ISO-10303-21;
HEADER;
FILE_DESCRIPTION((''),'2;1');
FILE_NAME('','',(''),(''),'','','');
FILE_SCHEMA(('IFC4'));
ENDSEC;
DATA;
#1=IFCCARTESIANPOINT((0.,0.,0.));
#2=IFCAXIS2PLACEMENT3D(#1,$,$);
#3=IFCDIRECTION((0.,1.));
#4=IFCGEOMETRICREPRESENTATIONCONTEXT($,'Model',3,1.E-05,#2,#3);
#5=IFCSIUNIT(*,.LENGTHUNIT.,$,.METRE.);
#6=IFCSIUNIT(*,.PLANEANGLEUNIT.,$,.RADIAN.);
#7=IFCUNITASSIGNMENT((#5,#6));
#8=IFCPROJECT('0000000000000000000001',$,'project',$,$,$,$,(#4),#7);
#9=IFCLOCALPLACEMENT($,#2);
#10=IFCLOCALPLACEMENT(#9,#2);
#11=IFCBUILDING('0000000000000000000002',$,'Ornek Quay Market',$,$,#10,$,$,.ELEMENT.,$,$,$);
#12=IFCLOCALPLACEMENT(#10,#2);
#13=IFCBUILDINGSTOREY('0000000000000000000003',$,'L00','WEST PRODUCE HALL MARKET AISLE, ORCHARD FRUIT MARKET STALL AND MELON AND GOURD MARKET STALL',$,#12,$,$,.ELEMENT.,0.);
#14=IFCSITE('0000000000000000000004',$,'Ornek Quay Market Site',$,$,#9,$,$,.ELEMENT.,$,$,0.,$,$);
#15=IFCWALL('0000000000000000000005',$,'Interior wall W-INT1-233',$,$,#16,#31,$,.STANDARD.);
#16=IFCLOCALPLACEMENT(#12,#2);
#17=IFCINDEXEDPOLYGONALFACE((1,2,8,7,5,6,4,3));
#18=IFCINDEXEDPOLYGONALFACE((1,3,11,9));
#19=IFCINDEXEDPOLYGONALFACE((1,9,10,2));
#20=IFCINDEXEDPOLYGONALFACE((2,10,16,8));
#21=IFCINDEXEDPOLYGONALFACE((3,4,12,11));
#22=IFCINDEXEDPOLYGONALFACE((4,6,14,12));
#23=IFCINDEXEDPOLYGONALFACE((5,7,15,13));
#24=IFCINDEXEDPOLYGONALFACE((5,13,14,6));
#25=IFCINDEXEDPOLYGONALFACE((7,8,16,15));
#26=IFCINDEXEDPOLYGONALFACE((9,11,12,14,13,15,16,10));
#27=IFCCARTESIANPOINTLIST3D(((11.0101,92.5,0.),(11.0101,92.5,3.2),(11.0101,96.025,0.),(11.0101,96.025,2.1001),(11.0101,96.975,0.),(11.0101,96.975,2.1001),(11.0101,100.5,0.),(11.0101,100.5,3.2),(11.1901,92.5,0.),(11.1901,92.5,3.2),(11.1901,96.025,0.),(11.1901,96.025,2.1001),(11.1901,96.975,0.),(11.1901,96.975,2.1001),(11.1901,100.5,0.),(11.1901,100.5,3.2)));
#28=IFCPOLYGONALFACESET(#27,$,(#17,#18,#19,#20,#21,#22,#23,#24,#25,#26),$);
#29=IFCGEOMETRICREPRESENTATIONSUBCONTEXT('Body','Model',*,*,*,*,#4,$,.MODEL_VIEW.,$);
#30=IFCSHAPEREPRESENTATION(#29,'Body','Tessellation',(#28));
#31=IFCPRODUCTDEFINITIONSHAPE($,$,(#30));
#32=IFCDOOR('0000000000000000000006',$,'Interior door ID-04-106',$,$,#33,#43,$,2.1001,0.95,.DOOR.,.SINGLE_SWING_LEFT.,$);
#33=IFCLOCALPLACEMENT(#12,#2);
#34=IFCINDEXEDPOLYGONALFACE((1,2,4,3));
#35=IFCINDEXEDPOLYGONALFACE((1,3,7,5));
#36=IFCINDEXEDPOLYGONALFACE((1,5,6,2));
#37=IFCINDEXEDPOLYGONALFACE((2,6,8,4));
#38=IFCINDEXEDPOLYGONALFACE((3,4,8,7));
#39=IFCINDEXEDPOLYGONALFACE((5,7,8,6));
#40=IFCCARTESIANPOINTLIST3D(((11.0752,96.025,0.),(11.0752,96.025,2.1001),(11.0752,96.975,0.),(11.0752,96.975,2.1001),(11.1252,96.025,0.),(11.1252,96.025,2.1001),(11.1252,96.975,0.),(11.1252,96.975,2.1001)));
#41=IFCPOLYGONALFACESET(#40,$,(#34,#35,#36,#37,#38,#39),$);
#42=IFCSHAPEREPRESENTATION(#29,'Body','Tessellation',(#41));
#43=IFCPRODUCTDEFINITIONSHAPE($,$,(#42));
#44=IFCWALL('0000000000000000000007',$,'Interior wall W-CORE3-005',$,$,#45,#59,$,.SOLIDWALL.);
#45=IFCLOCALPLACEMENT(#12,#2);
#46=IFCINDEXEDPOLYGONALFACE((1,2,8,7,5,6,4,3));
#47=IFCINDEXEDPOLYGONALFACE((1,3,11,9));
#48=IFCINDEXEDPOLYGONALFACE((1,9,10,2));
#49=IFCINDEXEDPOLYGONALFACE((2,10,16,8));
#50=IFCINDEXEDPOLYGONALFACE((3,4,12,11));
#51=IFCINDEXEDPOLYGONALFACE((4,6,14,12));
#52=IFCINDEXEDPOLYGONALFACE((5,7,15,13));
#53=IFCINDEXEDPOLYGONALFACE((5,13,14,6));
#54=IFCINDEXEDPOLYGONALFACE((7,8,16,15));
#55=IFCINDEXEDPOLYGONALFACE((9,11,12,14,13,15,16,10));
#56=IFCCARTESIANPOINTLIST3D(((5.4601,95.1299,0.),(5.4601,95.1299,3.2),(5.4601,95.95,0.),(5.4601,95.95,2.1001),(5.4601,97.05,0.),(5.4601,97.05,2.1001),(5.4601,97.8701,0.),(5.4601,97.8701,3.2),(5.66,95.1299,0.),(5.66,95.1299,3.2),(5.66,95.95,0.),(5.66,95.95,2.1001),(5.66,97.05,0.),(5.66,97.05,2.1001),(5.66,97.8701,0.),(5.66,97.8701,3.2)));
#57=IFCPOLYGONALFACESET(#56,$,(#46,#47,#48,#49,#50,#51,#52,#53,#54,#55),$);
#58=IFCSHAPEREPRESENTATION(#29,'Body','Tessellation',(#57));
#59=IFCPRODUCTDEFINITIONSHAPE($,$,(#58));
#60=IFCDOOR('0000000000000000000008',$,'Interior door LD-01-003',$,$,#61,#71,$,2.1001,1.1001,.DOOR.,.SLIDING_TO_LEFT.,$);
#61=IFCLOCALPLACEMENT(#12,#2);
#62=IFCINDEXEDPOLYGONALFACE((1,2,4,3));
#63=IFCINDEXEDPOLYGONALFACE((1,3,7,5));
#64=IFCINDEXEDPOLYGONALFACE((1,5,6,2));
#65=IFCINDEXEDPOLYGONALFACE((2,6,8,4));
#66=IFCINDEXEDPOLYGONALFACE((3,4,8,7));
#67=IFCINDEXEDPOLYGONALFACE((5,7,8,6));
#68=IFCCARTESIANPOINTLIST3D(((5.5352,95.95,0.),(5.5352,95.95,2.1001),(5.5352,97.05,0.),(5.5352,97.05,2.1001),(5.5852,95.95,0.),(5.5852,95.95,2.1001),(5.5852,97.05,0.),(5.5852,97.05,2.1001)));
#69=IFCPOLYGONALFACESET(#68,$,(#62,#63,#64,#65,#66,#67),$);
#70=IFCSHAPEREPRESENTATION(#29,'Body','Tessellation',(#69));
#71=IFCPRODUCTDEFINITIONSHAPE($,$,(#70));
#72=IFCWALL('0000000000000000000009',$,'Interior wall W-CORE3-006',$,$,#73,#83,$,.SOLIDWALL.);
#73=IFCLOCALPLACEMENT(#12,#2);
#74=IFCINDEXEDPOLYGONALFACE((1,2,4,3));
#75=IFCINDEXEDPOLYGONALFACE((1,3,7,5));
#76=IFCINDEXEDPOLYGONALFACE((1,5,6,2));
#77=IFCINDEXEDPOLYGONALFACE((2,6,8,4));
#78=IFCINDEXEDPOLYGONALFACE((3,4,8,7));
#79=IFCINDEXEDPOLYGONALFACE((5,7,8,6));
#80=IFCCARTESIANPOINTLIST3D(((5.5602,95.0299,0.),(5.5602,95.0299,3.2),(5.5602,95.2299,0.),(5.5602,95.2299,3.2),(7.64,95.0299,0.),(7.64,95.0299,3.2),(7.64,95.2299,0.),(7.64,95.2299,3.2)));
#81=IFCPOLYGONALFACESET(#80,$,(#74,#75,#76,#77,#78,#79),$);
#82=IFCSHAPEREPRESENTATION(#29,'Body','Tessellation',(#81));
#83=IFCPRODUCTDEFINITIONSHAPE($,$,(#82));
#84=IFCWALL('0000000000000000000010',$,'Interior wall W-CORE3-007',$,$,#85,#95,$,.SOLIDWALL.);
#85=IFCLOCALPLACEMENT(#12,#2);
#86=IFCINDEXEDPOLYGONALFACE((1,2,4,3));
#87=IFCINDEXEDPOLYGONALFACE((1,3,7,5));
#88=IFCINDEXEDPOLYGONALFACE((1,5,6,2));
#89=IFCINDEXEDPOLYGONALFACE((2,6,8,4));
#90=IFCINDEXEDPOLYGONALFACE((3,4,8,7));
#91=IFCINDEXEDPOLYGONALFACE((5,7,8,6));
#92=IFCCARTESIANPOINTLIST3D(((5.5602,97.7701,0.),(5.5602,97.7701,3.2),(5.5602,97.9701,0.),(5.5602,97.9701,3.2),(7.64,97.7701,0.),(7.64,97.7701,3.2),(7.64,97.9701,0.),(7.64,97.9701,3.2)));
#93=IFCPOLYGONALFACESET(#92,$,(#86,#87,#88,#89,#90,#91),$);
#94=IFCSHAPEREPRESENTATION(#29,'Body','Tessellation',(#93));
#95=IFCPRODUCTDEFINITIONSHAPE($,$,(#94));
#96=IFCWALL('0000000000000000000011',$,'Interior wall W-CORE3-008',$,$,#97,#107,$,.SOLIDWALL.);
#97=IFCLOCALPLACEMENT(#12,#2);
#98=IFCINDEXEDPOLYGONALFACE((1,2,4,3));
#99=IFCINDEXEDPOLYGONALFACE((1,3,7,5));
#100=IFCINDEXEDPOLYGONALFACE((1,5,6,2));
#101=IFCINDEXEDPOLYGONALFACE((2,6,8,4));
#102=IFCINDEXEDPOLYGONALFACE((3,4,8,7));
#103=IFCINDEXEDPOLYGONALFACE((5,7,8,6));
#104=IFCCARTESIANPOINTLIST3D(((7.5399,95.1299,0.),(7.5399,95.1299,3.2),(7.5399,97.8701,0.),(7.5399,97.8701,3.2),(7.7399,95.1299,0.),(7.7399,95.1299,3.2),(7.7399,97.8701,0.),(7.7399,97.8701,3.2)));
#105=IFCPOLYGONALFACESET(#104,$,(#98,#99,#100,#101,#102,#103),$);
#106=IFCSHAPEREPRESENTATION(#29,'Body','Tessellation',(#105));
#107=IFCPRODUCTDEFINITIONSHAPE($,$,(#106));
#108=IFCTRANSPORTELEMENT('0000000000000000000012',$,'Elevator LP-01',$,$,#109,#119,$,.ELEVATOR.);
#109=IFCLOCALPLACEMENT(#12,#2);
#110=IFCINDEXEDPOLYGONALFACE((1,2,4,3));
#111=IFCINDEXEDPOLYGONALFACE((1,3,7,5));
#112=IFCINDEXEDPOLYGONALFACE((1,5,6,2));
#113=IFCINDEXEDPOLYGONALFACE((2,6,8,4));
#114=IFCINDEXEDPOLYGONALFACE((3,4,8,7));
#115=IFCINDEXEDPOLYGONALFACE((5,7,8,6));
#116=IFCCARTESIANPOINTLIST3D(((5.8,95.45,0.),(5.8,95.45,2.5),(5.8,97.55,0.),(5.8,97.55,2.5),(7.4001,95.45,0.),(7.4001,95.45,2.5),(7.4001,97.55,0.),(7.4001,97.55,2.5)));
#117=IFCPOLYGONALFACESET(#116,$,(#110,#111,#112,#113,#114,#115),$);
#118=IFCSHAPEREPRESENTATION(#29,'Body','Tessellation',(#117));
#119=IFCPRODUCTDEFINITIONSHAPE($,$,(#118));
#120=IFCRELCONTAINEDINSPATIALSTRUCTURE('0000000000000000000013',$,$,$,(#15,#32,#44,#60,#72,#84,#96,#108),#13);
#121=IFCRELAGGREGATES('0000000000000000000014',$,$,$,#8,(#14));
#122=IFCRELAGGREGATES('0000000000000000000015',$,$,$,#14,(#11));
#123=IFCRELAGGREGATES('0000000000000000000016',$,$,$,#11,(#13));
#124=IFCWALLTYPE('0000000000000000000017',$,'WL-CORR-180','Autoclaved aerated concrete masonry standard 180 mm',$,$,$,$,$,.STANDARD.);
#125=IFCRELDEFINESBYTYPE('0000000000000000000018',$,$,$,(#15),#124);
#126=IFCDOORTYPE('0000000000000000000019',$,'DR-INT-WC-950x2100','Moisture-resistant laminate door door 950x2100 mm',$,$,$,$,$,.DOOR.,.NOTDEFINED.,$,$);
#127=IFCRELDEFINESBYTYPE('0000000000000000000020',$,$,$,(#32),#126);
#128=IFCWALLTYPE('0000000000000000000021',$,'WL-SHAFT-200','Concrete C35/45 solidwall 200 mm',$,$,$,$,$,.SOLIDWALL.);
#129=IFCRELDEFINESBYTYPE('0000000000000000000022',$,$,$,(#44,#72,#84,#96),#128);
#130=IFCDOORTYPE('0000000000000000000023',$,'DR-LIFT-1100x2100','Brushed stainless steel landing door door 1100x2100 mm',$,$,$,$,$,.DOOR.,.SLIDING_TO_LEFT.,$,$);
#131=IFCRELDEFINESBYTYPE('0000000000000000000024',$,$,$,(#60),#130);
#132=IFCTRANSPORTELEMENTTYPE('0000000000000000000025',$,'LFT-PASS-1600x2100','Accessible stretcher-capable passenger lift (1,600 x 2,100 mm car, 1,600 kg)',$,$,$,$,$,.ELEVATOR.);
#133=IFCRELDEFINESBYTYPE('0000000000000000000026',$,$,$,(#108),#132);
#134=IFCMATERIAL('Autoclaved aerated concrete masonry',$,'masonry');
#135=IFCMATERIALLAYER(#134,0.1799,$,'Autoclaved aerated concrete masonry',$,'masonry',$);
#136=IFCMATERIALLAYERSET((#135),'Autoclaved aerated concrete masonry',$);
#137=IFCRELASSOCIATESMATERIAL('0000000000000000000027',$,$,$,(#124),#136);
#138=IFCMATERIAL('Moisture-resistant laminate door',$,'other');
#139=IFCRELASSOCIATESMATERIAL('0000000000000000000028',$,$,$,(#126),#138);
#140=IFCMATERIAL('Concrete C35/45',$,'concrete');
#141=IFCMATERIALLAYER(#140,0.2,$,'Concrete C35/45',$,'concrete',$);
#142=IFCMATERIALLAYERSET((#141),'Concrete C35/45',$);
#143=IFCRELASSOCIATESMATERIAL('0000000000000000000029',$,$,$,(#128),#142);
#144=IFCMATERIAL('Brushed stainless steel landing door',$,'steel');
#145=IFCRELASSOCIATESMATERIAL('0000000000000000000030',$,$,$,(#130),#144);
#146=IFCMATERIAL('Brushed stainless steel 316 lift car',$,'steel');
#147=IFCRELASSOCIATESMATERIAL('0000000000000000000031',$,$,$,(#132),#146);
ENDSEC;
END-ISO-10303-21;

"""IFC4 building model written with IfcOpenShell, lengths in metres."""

from ifc_helpers import new_model, si_unit, direction, frame, frame_2d, origin, origin_2d, place, context, subcontext, project, spatial, rectangle, extrude, material, layer, layer_set, type_object, element, fill, save


model = new_model("IFC4")

# Units and contexts
model_context = context("Model", 3, precision=1e-05, world=origin(), true_north=direction((0.0, 1.0)))
body_context = subcontext(model_context, "Body", "Model", "MODEL_VIEW")
ifc_project = project(units=[si_unit("LENGTHUNIT", "METRE"), si_unit("PLANEANGLEUNIT", "RADIAN")], contexts=[model_context])

# Site, building, storey
site_placement = place(None, origin())
site = spatial("IfcSite", under=ifc_project, at=site_placement, Name="Ornek Quay Market Site", CompositionType="ELEMENT", RefElevation=0.0)
building_placement = place(site_placement, origin())
building = spatial("IfcBuilding", under=site, at=building_placement, Name="Ornek Quay Market", CompositionType="ELEMENT")
storey_placement = place(building_placement, origin())
storey = spatial("IfcBuildingStorey", under=building, at=storey_placement, Name="L00", Description="WEST PRODUCE HALL MARKET AISLE, ORCHARD FRUIT MARKET STALL AND MELON AND GOURD MARKET STALL", CompositionType="ELEMENT", Elevation=0.0)

# Shared definitions
ifc_material_1 = material(Name="Concrete C35/45", Category="concrete")

# Walls, openings, doors
ifc_material_2 = material(Name="Autoclaved aerated concrete masonry", Category="masonry")
ifc_layer_1 = layer(ifc_material_2, 0.1799, Name="Autoclaved aerated concrete masonry", Category="masonry")
ifc_layer_set_1 = layer_set([ifc_layer_1], Name="Autoclaved aerated concrete masonry")
wall_type_1 = type_object("IfcWallType", Name="WL-CORR-180", Description="Autoclaved aerated concrete masonry standard 180 mm", PredefinedType="STANDARD", material=ifc_layer_set_1)
wall_1_placement = place(storey_placement, frame((11.1001, 92.5, 0.0), z_axis=(0.0, 0.0, 1.0), x_axis=(0.0, 1.0, 0.0)))
wall_1 = element("IfcWall", 1, at=wall_1_placement, inside=storey, type_object=wall_type_1, Name="Interior wall W-INT1-233", PredefinedType="STANDARD", context=body_context, shape_type="SweptSolid", body=[
    extrude(rectangle(XDim=8.0, YDim=0.1799, at=frame_2d((4.0, 0.0))), origin(), (0.0, 0.0, 1.0), 3.2),
])
opening_1_placement = place(wall_1_placement, frame((3.5249, 0.0, 0.0)))
opening_1 = element("IfcOpeningElement", 2, at=opening_1_placement, cuts=wall_1, PredefinedType="OPENING", context=body_context, shape_type="SweptSolid", body=[
    extrude(rectangle(XDim=0.95, YDim=2.1001, at=frame_2d((0.4751, 1.05))), frame((0.0, 0.0999, 0.0), z_axis=(0.0, -1.0, 0.0), x_axis=(1.0, 0.0, 0.0)), (0.0, 0.0, 1.0), 0.2),
])
ifc_material_3 = material(Name="Moisture-resistant laminate door", Category="other")
door_type_1 = type_object("IfcDoorType", Name="DR-INT-WC-950x2100", Description="Moisture-resistant laminate door door 950x2100 mm", OperationType="NOTDEFINED", PredefinedType="DOOR", material=ifc_material_3)
door_1_placement = place(opening_1_placement, origin())
door_1 = element("IfcDoor", 3, at=door_1_placement, inside=storey, type_object=door_type_1, Name="Interior door ID-04-106", OperationType="SINGLE_SWING_LEFT", OverallHeight=2.1001, OverallWidth=0.95, PredefinedType="DOOR", context=body_context, shape_type="SweptSolid", body=[
    extrude(rectangle(XDim=0.95, YDim=2.1001, at=frame_2d((0.4751, 1.05))), frame((0.0, 0.0249, 0.0), z_axis=(0.0, -1.0, 0.0), x_axis=(1.0, 0.0, 0.0)), (0.0, 0.0, 1.0), 0.05),
])
fill(opening_1, door_1)
ifc_layer_2 = layer(ifc_material_1, 0.2, Name="Concrete C35/45", Category="concrete")
ifc_layer_set_2 = layer_set([ifc_layer_2], Name="Concrete C35/45")
wall_type_2 = type_object("IfcWallType", Name="WL-SHAFT-200", Description="Concrete C35/45 solidwall 200 mm", PredefinedType="SOLIDWALL", material=ifc_layer_set_2)
wall_2_placement = place(storey_placement, frame((5.5601, 95.1299, 0.0), z_axis=(0.0, 0.0, 1.0), x_axis=(0.0, 1.0, 0.0)))
wall_2 = element("IfcWall", 4, at=wall_2_placement, inside=storey, type_object=wall_type_2, Name="Interior wall W-CORE3-005", PredefinedType="SOLIDWALL", context=body_context, shape_type="SweptSolid", body=[
    extrude(rectangle(XDim=2.7402, YDim=0.2, at=frame_2d((1.3701, 0.0))), origin(), (0.0, 0.0, 1.0), 3.2),
])
opening_2_placement = place(wall_2_placement, frame((0.8201, 0.0, 0.0)))
opening_2 = element("IfcOpeningElement", 5, at=opening_2_placement, cuts=wall_2, PredefinedType="OPENING", context=body_context, shape_type="SweptSolid", body=[
    extrude(rectangle(XDim=1.1001, YDim=2.1001, at=frame_2d((0.55, 1.05))), frame((0.0, 0.1099, 0.0), z_axis=(0.0, -1.0, 0.0), x_axis=(1.0, 0.0, 0.0)), (0.0, 0.0, 1.0), 0.22),
])
ifc_material_4 = material(Name="Brushed stainless steel landing door", Category="steel")
door_type_2 = type_object("IfcDoorType", Name="DR-LIFT-1100x2100", Description="Brushed stainless steel landing door door 1100x2100 mm", OperationType="SLIDING_TO_LEFT", PredefinedType="DOOR", material=ifc_material_4)
door_2_placement = place(opening_2_placement, origin())
door_2 = element("IfcDoor", 6, at=door_2_placement, inside=storey, type_object=door_type_2, Name="Interior door LD-01-003", OperationType="SLIDING_TO_LEFT", OverallHeight=2.1001, OverallWidth=1.1001, PredefinedType="DOOR", context=body_context, shape_type="SweptSolid", body=[
    extrude(rectangle(XDim=1.1001, YDim=2.1001, at=frame_2d((0.55, 1.05))), frame((0.0, 0.0249, 0.0), z_axis=(0.0, -1.0, 0.0), x_axis=(1.0, 0.0, 0.0)), (0.0, 0.0, 1.0), 0.05),
])
fill(opening_2, door_2)

# Walls
for number, where, z_axis, x_axis, name in (
    (7, (5.5601, 95.1299, 0.0), (0.0, 0.0, 1.0), (1.0, 0.0, 0.0), "Interior wall W-CORE3-006"),
    (8, (5.5601, 97.8701, 0.0), (0.0, 0.0, 1.0), (1.0, 0.0, 0.0), "Interior wall W-CORE3-007"),
):
    element("IfcWall", number, at=place(storey_placement, frame(where, z_axis=z_axis, x_axis=x_axis)), inside=storey, type_object=wall_type_2, Name=name, PredefinedType="SOLIDWALL", context=body_context, shape_type="SweptSolid", body=[
        extrude(rectangle(XDim=2.0798, YDim=0.2, at=frame_2d((1.04, 0.0))), origin(), (0.0, 0.0, 1.0), 3.2),
    ])
wall_3_placement = place(storey_placement, frame((7.6399, 95.1299, 0.0), z_axis=(0.0, 0.0, 1.0), x_axis=(0.0, 1.0, 0.0)))
element("IfcWall", 9, at=wall_3_placement, inside=storey, type_object=wall_type_2, Name="Interior wall W-CORE3-008", PredefinedType="SOLIDWALL", context=body_context, shape_type="SweptSolid", body=[
    extrude(rectangle(XDim=2.7402, YDim=0.2, at=frame_2d((1.3701, 0.0))), origin(), (0.0, 0.0, 1.0), 3.2),
])

# Transport element
ifc_material_5 = material(Name="Brushed stainless steel 316 lift car", Category="steel")
transport_element_type = type_object("IfcTransportElementType", Name="LFT-PASS-1600x2100", Description="Accessible stretcher-capable passenger lift (1,600 x 2,100 mm car, 1,600 kg)", PredefinedType="ELEVATOR", material=ifc_material_5)
transport_element_placement = place(storey_placement, frame((6.6001, 96.5, 0.0), z_axis=(0.0, 0.0, 1.0), x_axis=(1.0, 0.0, 0.0)))
element("IfcTransportElement", 10, at=transport_element_placement, inside=storey, type_object=transport_element_type, Name="Elevator LP-01", PredefinedType="ELEVATOR", context=body_context, shape_type="SweptSolid", body=[
    extrude(rectangle(XDim=1.6001, YDim=2.1001, at=origin_2d()), origin(), (0.0, 0.0, 1.0), 2.5),
])

save(model, "model.ifc")
